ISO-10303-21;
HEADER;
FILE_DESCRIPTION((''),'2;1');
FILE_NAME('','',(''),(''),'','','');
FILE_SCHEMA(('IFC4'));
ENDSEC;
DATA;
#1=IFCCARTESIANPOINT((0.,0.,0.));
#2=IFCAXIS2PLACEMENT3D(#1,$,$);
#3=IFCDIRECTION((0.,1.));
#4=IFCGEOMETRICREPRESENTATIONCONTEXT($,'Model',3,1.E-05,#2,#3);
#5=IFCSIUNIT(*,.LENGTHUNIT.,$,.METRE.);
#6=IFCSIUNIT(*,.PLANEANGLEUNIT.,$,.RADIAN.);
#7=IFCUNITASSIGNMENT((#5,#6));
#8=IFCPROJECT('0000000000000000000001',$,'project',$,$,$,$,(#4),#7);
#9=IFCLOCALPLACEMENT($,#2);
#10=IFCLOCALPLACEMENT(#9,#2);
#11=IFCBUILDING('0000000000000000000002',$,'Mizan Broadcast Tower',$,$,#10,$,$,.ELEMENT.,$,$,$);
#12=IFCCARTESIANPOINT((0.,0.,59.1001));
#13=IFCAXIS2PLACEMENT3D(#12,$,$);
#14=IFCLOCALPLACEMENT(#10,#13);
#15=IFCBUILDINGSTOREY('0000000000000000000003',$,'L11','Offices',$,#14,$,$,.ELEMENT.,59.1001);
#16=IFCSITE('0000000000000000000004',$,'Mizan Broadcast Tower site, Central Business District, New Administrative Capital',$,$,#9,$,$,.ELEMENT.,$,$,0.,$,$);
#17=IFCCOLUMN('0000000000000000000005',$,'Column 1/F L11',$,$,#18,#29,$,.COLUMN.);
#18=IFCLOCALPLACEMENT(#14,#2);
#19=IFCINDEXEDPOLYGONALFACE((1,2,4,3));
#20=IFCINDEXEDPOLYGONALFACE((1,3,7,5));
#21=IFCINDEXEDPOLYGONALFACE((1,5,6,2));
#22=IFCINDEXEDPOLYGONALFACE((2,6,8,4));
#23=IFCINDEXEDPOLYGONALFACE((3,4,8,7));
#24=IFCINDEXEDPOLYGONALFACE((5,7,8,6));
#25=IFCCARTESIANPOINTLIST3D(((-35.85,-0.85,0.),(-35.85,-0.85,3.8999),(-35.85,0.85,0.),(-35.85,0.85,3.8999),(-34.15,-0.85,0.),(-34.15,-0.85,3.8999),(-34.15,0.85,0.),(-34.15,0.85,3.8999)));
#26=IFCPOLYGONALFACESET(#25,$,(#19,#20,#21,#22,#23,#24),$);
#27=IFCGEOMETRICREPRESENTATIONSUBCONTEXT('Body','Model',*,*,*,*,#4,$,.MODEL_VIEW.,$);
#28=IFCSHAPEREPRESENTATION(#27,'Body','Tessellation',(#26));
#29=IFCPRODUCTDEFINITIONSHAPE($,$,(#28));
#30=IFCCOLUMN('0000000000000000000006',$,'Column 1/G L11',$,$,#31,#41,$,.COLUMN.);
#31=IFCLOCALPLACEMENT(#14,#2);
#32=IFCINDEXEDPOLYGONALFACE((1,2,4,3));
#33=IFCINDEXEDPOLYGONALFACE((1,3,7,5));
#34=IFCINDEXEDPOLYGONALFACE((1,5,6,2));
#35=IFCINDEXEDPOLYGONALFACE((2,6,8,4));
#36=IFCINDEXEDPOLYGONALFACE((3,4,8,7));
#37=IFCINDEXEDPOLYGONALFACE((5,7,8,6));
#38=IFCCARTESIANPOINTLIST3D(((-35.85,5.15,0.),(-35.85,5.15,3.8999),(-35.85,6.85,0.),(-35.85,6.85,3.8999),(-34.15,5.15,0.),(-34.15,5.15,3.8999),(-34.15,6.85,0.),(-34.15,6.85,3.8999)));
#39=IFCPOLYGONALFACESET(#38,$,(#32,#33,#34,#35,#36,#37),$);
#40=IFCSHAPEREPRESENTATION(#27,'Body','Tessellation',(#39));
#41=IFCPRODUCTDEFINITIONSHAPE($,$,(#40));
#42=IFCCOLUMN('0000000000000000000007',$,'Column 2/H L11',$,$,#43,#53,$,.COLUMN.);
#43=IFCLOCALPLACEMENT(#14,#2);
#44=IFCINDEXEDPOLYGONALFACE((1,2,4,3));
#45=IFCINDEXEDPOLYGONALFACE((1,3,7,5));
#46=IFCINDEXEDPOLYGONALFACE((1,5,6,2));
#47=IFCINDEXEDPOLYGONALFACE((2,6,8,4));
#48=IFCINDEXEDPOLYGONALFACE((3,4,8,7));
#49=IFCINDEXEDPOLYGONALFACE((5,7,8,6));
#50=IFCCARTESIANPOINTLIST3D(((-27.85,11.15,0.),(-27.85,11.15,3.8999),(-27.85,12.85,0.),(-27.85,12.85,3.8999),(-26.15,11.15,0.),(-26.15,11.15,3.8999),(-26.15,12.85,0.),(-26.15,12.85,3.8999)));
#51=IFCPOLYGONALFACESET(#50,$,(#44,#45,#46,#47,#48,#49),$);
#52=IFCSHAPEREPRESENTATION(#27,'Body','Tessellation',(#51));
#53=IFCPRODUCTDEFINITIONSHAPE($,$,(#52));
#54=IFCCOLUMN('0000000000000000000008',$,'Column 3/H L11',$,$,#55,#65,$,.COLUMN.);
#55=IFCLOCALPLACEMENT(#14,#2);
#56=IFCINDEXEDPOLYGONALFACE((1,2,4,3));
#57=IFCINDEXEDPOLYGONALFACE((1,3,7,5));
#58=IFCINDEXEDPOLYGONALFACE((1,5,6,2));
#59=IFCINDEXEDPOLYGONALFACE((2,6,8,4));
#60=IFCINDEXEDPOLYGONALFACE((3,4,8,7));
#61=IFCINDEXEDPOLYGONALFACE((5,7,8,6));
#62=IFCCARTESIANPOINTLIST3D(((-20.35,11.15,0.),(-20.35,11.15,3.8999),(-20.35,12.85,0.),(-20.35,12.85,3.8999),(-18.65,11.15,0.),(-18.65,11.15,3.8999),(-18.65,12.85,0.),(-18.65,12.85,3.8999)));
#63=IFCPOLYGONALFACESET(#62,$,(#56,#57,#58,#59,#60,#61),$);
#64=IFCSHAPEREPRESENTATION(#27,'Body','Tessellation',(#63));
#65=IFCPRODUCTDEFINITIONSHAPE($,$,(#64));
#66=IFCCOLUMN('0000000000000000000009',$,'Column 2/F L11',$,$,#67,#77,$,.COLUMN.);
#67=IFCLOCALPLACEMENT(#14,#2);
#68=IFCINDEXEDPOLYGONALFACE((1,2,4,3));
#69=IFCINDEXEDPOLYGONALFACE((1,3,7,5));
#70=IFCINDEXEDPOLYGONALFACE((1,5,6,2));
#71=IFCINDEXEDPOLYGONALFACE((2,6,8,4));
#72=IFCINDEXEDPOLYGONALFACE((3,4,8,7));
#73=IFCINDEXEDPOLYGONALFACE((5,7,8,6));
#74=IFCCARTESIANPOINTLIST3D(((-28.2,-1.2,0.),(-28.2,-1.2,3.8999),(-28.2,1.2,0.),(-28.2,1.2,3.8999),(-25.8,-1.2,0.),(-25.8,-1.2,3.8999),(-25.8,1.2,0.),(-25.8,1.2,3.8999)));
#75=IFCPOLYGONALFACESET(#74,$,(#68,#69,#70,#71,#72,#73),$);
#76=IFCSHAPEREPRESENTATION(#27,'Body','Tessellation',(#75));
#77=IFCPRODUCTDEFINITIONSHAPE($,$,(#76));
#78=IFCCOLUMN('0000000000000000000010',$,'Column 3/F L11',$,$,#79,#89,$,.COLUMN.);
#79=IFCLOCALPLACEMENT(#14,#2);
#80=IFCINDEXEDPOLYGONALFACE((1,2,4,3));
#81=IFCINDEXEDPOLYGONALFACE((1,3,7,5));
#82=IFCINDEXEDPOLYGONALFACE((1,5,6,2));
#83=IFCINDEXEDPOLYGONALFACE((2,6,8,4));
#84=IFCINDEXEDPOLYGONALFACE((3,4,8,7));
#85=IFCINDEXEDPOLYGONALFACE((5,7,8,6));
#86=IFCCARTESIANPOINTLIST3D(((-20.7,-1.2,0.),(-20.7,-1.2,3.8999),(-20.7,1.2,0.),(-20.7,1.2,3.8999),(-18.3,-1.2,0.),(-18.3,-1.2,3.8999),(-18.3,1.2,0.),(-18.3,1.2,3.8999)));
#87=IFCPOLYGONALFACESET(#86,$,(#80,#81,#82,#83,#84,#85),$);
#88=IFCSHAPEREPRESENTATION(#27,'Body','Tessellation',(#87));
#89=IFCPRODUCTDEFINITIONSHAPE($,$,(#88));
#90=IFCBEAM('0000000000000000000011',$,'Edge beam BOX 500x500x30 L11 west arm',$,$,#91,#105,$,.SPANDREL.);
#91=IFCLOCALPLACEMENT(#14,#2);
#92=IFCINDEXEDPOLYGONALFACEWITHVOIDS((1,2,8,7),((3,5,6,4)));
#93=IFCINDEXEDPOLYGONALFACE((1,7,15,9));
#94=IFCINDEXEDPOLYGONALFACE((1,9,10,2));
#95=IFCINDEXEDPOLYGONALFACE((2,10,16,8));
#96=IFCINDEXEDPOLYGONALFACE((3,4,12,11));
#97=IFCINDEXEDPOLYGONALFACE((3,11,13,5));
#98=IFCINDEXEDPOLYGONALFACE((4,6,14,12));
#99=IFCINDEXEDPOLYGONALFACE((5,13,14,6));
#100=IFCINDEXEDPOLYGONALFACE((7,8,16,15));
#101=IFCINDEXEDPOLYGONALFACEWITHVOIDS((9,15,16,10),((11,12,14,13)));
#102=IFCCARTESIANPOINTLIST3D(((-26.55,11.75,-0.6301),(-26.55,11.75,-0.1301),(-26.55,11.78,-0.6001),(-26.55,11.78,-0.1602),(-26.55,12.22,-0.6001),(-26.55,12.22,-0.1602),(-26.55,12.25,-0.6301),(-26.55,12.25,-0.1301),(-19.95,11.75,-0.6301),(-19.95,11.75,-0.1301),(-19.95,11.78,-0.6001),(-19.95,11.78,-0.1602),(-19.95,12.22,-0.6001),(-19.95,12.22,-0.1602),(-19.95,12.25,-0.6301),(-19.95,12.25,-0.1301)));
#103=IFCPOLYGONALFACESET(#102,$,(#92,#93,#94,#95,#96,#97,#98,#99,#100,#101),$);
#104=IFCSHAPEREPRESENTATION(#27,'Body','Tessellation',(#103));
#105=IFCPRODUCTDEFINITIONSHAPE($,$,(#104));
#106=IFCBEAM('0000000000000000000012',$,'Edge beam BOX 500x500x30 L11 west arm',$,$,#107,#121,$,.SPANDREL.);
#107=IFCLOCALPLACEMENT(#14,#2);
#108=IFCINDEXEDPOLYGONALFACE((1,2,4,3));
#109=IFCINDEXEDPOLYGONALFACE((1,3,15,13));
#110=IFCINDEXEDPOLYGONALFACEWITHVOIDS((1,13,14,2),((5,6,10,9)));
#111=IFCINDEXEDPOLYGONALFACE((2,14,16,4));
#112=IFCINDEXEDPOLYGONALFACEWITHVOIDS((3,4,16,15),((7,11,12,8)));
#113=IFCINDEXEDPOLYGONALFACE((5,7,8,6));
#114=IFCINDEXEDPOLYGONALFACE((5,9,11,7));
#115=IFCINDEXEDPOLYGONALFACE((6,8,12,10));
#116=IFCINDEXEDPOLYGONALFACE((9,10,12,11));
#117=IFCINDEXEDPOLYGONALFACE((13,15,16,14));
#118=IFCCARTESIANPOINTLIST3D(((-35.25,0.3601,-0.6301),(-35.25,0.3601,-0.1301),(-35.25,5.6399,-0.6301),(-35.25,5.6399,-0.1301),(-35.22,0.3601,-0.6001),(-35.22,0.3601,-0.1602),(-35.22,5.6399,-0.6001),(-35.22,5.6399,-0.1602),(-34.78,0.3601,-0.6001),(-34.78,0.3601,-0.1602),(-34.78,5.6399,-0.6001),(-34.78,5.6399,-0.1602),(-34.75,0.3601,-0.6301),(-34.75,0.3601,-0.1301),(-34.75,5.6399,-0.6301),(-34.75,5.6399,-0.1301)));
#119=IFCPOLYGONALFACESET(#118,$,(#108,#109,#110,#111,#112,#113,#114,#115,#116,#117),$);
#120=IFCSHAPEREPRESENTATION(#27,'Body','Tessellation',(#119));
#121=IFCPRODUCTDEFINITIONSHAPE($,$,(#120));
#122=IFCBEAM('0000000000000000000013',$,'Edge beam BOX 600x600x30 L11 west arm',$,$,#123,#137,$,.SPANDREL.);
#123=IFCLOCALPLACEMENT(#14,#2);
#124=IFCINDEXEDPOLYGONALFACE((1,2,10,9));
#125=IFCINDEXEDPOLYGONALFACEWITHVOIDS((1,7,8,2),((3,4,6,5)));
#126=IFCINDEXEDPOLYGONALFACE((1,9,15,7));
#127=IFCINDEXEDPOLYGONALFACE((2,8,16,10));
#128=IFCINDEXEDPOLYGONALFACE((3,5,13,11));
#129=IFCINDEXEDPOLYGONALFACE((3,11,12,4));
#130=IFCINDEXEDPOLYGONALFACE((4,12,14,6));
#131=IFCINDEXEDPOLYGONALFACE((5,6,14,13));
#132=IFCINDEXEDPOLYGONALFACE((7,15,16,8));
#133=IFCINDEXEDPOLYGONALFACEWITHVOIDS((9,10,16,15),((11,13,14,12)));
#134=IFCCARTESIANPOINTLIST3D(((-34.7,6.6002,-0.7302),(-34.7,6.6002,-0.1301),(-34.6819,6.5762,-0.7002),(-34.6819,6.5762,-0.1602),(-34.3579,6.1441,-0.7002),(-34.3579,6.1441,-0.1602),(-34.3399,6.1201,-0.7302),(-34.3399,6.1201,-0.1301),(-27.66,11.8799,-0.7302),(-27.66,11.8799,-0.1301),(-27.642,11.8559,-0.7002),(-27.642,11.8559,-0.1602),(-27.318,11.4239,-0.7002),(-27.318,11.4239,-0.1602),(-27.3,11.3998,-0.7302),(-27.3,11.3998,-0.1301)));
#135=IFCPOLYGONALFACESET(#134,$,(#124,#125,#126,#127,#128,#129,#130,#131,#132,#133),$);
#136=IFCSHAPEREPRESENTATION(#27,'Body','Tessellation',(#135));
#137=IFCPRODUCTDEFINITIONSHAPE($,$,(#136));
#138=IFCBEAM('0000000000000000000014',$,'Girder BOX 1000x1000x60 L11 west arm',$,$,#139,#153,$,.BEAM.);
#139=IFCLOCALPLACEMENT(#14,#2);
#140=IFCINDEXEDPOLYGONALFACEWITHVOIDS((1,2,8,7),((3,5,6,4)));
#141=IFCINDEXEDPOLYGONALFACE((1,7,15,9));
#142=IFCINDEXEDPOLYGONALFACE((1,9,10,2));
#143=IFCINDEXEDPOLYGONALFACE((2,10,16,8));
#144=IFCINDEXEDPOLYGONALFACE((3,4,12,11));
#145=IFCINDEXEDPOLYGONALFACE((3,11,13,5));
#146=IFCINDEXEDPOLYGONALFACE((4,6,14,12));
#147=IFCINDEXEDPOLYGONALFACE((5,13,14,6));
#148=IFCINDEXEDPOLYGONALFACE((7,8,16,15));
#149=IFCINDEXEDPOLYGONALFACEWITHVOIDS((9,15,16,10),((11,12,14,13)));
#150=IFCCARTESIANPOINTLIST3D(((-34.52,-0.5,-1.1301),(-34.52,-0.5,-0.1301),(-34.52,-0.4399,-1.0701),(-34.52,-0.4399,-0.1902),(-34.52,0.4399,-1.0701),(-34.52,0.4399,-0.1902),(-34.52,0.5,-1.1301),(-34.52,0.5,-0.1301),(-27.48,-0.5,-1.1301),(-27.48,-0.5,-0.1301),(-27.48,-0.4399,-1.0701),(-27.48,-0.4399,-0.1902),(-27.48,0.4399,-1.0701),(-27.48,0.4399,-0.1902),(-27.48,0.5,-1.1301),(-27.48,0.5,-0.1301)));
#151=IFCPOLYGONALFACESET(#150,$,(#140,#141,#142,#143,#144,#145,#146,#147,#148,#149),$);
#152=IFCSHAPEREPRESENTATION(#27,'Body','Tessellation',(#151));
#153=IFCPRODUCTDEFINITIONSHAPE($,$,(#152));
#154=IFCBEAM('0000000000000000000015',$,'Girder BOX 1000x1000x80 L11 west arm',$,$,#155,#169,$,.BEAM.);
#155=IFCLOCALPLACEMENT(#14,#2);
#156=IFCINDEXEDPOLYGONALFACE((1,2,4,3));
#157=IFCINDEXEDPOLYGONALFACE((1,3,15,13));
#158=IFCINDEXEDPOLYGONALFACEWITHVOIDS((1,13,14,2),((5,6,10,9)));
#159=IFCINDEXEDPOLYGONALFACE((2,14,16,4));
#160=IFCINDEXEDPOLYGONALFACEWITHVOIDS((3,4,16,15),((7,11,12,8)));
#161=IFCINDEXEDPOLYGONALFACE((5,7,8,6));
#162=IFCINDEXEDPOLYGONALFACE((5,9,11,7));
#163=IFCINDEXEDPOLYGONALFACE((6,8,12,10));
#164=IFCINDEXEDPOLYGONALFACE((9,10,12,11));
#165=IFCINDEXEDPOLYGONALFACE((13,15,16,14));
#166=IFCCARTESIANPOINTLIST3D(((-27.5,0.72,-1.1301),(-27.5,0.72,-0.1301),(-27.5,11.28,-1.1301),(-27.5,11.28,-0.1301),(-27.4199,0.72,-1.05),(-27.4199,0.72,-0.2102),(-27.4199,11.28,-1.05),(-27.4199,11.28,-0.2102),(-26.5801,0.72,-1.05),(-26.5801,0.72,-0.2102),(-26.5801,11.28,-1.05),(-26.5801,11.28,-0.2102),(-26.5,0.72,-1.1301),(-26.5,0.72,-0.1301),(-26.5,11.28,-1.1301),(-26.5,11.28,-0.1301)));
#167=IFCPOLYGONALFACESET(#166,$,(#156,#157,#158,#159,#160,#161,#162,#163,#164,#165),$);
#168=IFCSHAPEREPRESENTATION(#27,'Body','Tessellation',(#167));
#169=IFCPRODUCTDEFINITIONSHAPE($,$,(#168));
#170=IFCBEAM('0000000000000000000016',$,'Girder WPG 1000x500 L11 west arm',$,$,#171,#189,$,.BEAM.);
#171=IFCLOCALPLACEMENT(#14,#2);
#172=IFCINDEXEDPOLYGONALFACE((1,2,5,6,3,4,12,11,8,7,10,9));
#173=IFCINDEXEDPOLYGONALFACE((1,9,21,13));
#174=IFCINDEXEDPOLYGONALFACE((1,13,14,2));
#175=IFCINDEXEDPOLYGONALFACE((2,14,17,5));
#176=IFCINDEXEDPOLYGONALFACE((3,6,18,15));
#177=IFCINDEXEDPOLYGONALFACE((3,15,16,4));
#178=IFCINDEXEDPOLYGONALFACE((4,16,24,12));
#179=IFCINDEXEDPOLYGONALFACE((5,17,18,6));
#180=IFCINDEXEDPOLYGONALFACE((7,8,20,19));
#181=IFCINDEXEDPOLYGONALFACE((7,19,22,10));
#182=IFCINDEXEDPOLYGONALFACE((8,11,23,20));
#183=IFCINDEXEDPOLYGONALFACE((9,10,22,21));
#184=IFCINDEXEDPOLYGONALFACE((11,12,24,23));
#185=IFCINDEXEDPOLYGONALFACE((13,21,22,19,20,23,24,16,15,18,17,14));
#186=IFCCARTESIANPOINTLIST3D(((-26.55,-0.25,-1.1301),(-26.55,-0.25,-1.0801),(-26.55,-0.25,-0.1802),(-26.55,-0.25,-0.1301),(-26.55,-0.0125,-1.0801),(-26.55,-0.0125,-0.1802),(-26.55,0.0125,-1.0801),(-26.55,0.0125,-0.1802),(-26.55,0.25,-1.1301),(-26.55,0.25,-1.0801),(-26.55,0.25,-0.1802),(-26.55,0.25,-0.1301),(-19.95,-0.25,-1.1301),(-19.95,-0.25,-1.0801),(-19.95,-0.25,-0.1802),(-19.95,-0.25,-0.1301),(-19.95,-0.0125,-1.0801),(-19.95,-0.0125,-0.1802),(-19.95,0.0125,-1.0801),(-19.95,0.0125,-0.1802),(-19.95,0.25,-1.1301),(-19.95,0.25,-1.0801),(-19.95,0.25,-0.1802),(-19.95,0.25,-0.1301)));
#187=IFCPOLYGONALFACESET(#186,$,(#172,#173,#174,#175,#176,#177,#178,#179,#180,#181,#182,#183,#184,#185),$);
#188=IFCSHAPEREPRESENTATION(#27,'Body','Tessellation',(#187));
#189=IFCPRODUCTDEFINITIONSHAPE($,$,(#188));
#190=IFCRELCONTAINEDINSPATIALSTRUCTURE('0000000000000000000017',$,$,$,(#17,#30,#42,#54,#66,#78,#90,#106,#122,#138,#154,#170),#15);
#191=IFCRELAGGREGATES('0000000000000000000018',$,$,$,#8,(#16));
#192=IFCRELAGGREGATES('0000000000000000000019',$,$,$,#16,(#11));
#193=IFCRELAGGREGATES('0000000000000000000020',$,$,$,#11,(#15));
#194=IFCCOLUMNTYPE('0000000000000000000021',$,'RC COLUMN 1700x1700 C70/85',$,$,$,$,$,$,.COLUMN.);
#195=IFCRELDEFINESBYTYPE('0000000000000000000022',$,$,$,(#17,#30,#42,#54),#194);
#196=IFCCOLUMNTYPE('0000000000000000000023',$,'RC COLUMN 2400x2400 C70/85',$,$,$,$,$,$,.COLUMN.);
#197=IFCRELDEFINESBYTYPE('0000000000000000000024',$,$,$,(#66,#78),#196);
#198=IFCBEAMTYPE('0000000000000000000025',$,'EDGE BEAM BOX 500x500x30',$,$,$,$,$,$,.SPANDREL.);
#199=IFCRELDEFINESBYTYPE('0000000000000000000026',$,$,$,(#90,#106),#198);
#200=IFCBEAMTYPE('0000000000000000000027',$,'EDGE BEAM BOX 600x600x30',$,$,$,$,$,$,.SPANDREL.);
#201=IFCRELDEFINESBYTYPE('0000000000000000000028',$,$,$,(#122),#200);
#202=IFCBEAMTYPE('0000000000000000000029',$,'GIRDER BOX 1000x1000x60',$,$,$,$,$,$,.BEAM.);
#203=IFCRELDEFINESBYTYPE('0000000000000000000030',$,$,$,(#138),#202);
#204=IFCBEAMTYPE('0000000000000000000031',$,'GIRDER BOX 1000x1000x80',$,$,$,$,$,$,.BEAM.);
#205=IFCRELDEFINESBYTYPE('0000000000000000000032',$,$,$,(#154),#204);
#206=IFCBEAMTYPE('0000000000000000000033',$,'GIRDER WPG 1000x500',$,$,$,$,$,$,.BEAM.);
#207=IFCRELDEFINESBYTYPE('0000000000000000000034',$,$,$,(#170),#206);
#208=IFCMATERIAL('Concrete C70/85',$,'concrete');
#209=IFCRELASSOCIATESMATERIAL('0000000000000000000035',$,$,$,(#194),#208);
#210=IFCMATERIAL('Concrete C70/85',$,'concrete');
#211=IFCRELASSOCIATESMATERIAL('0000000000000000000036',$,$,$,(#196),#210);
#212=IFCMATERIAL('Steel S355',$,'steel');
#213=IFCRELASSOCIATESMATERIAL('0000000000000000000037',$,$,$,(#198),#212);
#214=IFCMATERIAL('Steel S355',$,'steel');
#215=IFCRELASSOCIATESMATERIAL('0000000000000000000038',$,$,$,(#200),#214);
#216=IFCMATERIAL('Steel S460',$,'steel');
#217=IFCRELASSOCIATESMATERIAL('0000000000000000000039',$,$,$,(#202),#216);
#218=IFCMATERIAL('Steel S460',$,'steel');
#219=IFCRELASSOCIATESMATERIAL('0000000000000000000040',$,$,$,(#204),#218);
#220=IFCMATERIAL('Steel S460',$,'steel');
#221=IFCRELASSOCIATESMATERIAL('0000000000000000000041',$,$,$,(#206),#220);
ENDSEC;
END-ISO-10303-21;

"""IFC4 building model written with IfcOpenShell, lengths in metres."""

from ifc_helpers import new_model, si_unit, direction, frame, origin, origin_2d, place, context, subcontext, project, spatial, rectangle, hollow_rectangle, i_section, extrude, material, material_profile, profile_set, type_object, element, save


model = new_model("IFC4")

# Units and contexts
model_context = context("Model", 3, precision=1e-05, world=origin(), true_north=direction((0.0, 1.0)))
body_context = subcontext(model_context, "Body", "Model", "MODEL_VIEW")
ifc_project = project(units=[si_unit("LENGTHUNIT", "METRE"), si_unit("PLANEANGLEUNIT", "RADIAN")], contexts=[model_context])

# Site, building, storey
site_placement = place(None, origin())
site = spatial("IfcSite", under=ifc_project, at=site_placement, Name="Mizan Broadcast Tower site, Central Business District, New Administrative Capital", CompositionType="ELEMENT", RefElevation=0.0)
building_placement = place(site_placement, origin())
building = spatial("IfcBuilding", under=site, at=building_placement, Name="Mizan Broadcast Tower", CompositionType="ELEMENT")
storey_placement = place(building_placement, frame((0.0, 0.0, 59.1001)))
storey = spatial("IfcBuildingStorey", under=building, at=storey_placement, Name="L11", Description="Offices", CompositionType="ELEMENT", Elevation=59.1001)

# Columns
ifc_material_1 = material(Name="Concrete C70/85", Category="concrete")
ifc_material_profile_1 = material_profile(ifc_material_1, rectangle(XDim=1.7, YDim=1.7, at=origin_2d()), Name="RC 1700x1700")
ifc_profile_set_1 = profile_set([ifc_material_profile_1], Name="Concrete C70/85")
column_type_1 = type_object("IfcColumnType", Name="RC COLUMN 1700x1700 C70/85", PredefinedType="COLUMN", material=ifc_profile_set_1)
for number, where, z_axis, x_axis, name in (
    (1, (-35.0, 0.0, 0.0), (0.0, 0.0, 1.0), (1.0, 0.0, 0.0), "Column 1/F L11"),
    (2, (-35.0, 6.0, 0.0), (0.0, 0.0, 1.0), (1.0, 0.0, 0.0), "Column 1/G L11"),
    (3, (-27.0, 12.0, 0.0), (0.0, 0.0, 1.0), (1.0, 0.0, 0.0), "Column 2/H L11"),
    (4, (-19.5, 12.0, 0.0), (0.0, 0.0, 1.0), (1.0, 0.0, 0.0), "Column 3/H L11"),
):
    element("IfcColumn", number, at=place(storey_placement, frame(where, z_axis=z_axis, x_axis=x_axis)), inside=storey, type_object=column_type_1, Name=name, PredefinedType="COLUMN", context=body_context, shape_type="SweptSolid", body=[
        extrude(rectangle(XDim=1.7, YDim=1.7, at=origin_2d()), origin(), (0.0, 0.0, 1.0), 3.8999),
    ])
ifc_material_2 = material(Name="Concrete C70/85", Category="concrete")
ifc_material_profile_2 = material_profile(ifc_material_2, rectangle(XDim=2.3999, YDim=2.3999, at=origin_2d()), Name="RC 2400x2400")
ifc_profile_set_2 = profile_set([ifc_material_profile_2], Name="Concrete C70/85")
column_type_2 = type_object("IfcColumnType", Name="RC COLUMN 2400x2400 C70/85", PredefinedType="COLUMN", material=ifc_profile_set_2)
for number, where, z_axis, x_axis, name in (
    (5, (-27.0, 0.0, 0.0), (0.0, 0.0, 1.0), (1.0, 0.0, 0.0), "Column 2/F L11"),
    (6, (-19.5, 0.0, 0.0), (0.0, 0.0, 1.0), (1.0, 0.0, 0.0), "Column 3/F L11"),
):
    element("IfcColumn", number, at=place(storey_placement, frame(where, z_axis=z_axis, x_axis=x_axis)), inside=storey, type_object=column_type_2, Name=name, PredefinedType="COLUMN", context=body_context, shape_type="SweptSolid", body=[
        extrude(rectangle(XDim=2.3999, YDim=2.3999, at=origin_2d()), origin(), (0.0, 0.0, 1.0), 3.8999),
    ])

# Beams
ifc_material_3 = material(Name="Steel S355", Category="steel")
ifc_material_profile_3 = material_profile(ifc_material_3, hollow_rectangle(XDim=0.5, YDim=0.5, WallThickness=0.03, at=origin_2d()), Name="BOX 500x500x30")
ifc_profile_set_3 = profile_set([ifc_material_profile_3], Name="Steel S355")
beam_type_1 = type_object("IfcBeamType", Name="EDGE BEAM BOX 500x500x30", PredefinedType="SPANDREL", material=ifc_profile_set_3)
beam_1_placement = place(storey_placement, frame((-19.95, 12.0, -0.3801), z_axis=(-1.0, 0.0, 0.0), x_axis=(0.0, -1.0, 0.0)))
element("IfcBeam", 7, at=beam_1_placement, inside=storey, type_object=beam_type_1, Name="Edge beam BOX 500x500x30 L11 west arm", PredefinedType="SPANDREL", context=body_context, shape_type="SweptSolid", body=[
    extrude(hollow_rectangle(XDim=0.5, YDim=0.5, WallThickness=0.03, at=origin_2d()), origin(), (0.0, 0.0, 1.0), 6.6001),
])
beam_2_placement = place(storey_placement, frame((-35.0, 5.6399, -0.3801), z_axis=(0.0, -1.0, 0.0), x_axis=(1.0, 0.0, 0.0)))
element("IfcBeam", 8, at=beam_2_placement, inside=storey, type_object=beam_type_1, Name="Edge beam BOX 500x500x30 L11 west arm", PredefinedType="SPANDREL", context=body_context, shape_type="SweptSolid", body=[
    extrude(hollow_rectangle(XDim=0.5, YDim=0.5, WallThickness=0.03, at=origin_2d()), origin(), (0.0, 0.0, 1.0), 5.2798),
])
ifc_material_4 = material(Name="Steel S355", Category="steel")
ifc_material_profile_4 = material_profile(ifc_material_4, hollow_rectangle(XDim=0.6001, YDim=0.6001, WallThickness=0.03, at=origin_2d()), Name="BOX 600x600x30")
ifc_profile_set_4 = profile_set([ifc_material_profile_4], Name="Steel S355")
beam_type_2 = type_object("IfcBeamType", Name="EDGE BEAM BOX 600x600x30", PredefinedType="SPANDREL", material=ifc_profile_set_4)
beam_3_placement = place(storey_placement, frame((-27.48, 11.6399, -0.4302), z_axis=(-0.800013, -0.599982, 0.0), x_axis=(0.599982, -0.800013, 0.0)))
element("IfcBeam", 9, at=beam_3_placement, inside=storey, type_object=beam_type_2, Name="Edge beam BOX 600x600x30 L11 west arm", PredefinedType="SPANDREL", context=body_context, shape_type="SweptSolid", body=[
    extrude(hollow_rectangle(XDim=0.6001, YDim=0.6001, WallThickness=0.03, at=origin_2d()), origin(), (0.0, 0.0, 1.0), 8.7998),
])
ifc_material_5 = material(Name="Steel S460", Category="steel")
ifc_material_profile_5 = material_profile(ifc_material_5, hollow_rectangle(XDim=1.0, YDim=1.0, WallThickness=0.0601, at=origin_2d()), Name="BOX 1000x1000x60")
ifc_profile_set_5 = profile_set([ifc_material_profile_5], Name="Steel S460")
beam_type_3 = type_object("IfcBeamType", Name="GIRDER BOX 1000x1000x60", PredefinedType="BEAM", material=ifc_profile_set_5)
beam_4_placement = place(storey_placement, frame((-27.48, 0.0, -0.6301), z_axis=(-1.0, 0.0, 0.0), x_axis=(0.0, -1.0, 0.0)))
element("IfcBeam", 10, at=beam_4_placement, inside=storey, type_object=beam_type_3, Name="Girder BOX 1000x1000x60 L11 west arm", PredefinedType="BEAM", context=body_context, shape_type="SweptSolid", body=[
    extrude(hollow_rectangle(XDim=1.0, YDim=1.0, WallThickness=0.0601, at=origin_2d()), origin(), (0.0, 0.0, 1.0), 7.04),
])
ifc_material_6 = material(Name="Steel S460", Category="steel")
ifc_material_profile_6 = material_profile(ifc_material_6, hollow_rectangle(XDim=1.0, YDim=1.0, WallThickness=0.0801, at=origin_2d()), Name="BOX 1000x1000x80")
ifc_profile_set_6 = profile_set([ifc_material_profile_6], Name="Steel S460")
beam_type_4 = type_object("IfcBeamType", Name="GIRDER BOX 1000x1000x80", PredefinedType="BEAM", material=ifc_profile_set_6)
beam_5_placement = place(storey_placement, frame((-27.0, 11.28, -0.6301), z_axis=(0.0, -1.0, 0.0), x_axis=(1.0, 0.0, 0.0)))
element("IfcBeam", 11, at=beam_5_placement, inside=storey, type_object=beam_type_4, Name="Girder BOX 1000x1000x80 L11 west arm", PredefinedType="BEAM", context=body_context, shape_type="SweptSolid", body=[
    extrude(hollow_rectangle(XDim=1.0, YDim=1.0, WallThickness=0.0801, at=origin_2d()), origin(), (0.0, 0.0, 1.0), 10.5601),
])
ifc_material_7 = material(Name="Steel S460", Category="steel")
ifc_material_profile_7 = material_profile(ifc_material_7, i_section(OverallWidth=0.5, OverallDepth=1.0, WebThickness=0.0249, FlangeThickness=0.05, at=origin_2d()), Name="WPG 1000x500")
ifc_profile_set_7 = profile_set([ifc_material_profile_7], Name="Steel S460")
beam_type_5 = type_object("IfcBeamType", Name="GIRDER WPG 1000x500", PredefinedType="BEAM", material=ifc_profile_set_7)
beam_6_placement = place(storey_placement, frame((-19.95, 0.0, -0.6301), z_axis=(-1.0, 0.0, 0.0), x_axis=(0.0, -1.0, 0.0)))
element("IfcBeam", 12, at=beam_6_placement, inside=storey, type_object=beam_type_5, Name="Girder WPG 1000x500 L11 west arm", PredefinedType="BEAM", context=body_context, shape_type="SweptSolid", body=[
    extrude(i_section(OverallWidth=0.5, OverallDepth=1.0, WebThickness=0.0249, FlangeThickness=0.05, at=origin_2d()), origin(), (0.0, 0.0, 1.0), 6.6001),
])

save(model, "model.ifc")
